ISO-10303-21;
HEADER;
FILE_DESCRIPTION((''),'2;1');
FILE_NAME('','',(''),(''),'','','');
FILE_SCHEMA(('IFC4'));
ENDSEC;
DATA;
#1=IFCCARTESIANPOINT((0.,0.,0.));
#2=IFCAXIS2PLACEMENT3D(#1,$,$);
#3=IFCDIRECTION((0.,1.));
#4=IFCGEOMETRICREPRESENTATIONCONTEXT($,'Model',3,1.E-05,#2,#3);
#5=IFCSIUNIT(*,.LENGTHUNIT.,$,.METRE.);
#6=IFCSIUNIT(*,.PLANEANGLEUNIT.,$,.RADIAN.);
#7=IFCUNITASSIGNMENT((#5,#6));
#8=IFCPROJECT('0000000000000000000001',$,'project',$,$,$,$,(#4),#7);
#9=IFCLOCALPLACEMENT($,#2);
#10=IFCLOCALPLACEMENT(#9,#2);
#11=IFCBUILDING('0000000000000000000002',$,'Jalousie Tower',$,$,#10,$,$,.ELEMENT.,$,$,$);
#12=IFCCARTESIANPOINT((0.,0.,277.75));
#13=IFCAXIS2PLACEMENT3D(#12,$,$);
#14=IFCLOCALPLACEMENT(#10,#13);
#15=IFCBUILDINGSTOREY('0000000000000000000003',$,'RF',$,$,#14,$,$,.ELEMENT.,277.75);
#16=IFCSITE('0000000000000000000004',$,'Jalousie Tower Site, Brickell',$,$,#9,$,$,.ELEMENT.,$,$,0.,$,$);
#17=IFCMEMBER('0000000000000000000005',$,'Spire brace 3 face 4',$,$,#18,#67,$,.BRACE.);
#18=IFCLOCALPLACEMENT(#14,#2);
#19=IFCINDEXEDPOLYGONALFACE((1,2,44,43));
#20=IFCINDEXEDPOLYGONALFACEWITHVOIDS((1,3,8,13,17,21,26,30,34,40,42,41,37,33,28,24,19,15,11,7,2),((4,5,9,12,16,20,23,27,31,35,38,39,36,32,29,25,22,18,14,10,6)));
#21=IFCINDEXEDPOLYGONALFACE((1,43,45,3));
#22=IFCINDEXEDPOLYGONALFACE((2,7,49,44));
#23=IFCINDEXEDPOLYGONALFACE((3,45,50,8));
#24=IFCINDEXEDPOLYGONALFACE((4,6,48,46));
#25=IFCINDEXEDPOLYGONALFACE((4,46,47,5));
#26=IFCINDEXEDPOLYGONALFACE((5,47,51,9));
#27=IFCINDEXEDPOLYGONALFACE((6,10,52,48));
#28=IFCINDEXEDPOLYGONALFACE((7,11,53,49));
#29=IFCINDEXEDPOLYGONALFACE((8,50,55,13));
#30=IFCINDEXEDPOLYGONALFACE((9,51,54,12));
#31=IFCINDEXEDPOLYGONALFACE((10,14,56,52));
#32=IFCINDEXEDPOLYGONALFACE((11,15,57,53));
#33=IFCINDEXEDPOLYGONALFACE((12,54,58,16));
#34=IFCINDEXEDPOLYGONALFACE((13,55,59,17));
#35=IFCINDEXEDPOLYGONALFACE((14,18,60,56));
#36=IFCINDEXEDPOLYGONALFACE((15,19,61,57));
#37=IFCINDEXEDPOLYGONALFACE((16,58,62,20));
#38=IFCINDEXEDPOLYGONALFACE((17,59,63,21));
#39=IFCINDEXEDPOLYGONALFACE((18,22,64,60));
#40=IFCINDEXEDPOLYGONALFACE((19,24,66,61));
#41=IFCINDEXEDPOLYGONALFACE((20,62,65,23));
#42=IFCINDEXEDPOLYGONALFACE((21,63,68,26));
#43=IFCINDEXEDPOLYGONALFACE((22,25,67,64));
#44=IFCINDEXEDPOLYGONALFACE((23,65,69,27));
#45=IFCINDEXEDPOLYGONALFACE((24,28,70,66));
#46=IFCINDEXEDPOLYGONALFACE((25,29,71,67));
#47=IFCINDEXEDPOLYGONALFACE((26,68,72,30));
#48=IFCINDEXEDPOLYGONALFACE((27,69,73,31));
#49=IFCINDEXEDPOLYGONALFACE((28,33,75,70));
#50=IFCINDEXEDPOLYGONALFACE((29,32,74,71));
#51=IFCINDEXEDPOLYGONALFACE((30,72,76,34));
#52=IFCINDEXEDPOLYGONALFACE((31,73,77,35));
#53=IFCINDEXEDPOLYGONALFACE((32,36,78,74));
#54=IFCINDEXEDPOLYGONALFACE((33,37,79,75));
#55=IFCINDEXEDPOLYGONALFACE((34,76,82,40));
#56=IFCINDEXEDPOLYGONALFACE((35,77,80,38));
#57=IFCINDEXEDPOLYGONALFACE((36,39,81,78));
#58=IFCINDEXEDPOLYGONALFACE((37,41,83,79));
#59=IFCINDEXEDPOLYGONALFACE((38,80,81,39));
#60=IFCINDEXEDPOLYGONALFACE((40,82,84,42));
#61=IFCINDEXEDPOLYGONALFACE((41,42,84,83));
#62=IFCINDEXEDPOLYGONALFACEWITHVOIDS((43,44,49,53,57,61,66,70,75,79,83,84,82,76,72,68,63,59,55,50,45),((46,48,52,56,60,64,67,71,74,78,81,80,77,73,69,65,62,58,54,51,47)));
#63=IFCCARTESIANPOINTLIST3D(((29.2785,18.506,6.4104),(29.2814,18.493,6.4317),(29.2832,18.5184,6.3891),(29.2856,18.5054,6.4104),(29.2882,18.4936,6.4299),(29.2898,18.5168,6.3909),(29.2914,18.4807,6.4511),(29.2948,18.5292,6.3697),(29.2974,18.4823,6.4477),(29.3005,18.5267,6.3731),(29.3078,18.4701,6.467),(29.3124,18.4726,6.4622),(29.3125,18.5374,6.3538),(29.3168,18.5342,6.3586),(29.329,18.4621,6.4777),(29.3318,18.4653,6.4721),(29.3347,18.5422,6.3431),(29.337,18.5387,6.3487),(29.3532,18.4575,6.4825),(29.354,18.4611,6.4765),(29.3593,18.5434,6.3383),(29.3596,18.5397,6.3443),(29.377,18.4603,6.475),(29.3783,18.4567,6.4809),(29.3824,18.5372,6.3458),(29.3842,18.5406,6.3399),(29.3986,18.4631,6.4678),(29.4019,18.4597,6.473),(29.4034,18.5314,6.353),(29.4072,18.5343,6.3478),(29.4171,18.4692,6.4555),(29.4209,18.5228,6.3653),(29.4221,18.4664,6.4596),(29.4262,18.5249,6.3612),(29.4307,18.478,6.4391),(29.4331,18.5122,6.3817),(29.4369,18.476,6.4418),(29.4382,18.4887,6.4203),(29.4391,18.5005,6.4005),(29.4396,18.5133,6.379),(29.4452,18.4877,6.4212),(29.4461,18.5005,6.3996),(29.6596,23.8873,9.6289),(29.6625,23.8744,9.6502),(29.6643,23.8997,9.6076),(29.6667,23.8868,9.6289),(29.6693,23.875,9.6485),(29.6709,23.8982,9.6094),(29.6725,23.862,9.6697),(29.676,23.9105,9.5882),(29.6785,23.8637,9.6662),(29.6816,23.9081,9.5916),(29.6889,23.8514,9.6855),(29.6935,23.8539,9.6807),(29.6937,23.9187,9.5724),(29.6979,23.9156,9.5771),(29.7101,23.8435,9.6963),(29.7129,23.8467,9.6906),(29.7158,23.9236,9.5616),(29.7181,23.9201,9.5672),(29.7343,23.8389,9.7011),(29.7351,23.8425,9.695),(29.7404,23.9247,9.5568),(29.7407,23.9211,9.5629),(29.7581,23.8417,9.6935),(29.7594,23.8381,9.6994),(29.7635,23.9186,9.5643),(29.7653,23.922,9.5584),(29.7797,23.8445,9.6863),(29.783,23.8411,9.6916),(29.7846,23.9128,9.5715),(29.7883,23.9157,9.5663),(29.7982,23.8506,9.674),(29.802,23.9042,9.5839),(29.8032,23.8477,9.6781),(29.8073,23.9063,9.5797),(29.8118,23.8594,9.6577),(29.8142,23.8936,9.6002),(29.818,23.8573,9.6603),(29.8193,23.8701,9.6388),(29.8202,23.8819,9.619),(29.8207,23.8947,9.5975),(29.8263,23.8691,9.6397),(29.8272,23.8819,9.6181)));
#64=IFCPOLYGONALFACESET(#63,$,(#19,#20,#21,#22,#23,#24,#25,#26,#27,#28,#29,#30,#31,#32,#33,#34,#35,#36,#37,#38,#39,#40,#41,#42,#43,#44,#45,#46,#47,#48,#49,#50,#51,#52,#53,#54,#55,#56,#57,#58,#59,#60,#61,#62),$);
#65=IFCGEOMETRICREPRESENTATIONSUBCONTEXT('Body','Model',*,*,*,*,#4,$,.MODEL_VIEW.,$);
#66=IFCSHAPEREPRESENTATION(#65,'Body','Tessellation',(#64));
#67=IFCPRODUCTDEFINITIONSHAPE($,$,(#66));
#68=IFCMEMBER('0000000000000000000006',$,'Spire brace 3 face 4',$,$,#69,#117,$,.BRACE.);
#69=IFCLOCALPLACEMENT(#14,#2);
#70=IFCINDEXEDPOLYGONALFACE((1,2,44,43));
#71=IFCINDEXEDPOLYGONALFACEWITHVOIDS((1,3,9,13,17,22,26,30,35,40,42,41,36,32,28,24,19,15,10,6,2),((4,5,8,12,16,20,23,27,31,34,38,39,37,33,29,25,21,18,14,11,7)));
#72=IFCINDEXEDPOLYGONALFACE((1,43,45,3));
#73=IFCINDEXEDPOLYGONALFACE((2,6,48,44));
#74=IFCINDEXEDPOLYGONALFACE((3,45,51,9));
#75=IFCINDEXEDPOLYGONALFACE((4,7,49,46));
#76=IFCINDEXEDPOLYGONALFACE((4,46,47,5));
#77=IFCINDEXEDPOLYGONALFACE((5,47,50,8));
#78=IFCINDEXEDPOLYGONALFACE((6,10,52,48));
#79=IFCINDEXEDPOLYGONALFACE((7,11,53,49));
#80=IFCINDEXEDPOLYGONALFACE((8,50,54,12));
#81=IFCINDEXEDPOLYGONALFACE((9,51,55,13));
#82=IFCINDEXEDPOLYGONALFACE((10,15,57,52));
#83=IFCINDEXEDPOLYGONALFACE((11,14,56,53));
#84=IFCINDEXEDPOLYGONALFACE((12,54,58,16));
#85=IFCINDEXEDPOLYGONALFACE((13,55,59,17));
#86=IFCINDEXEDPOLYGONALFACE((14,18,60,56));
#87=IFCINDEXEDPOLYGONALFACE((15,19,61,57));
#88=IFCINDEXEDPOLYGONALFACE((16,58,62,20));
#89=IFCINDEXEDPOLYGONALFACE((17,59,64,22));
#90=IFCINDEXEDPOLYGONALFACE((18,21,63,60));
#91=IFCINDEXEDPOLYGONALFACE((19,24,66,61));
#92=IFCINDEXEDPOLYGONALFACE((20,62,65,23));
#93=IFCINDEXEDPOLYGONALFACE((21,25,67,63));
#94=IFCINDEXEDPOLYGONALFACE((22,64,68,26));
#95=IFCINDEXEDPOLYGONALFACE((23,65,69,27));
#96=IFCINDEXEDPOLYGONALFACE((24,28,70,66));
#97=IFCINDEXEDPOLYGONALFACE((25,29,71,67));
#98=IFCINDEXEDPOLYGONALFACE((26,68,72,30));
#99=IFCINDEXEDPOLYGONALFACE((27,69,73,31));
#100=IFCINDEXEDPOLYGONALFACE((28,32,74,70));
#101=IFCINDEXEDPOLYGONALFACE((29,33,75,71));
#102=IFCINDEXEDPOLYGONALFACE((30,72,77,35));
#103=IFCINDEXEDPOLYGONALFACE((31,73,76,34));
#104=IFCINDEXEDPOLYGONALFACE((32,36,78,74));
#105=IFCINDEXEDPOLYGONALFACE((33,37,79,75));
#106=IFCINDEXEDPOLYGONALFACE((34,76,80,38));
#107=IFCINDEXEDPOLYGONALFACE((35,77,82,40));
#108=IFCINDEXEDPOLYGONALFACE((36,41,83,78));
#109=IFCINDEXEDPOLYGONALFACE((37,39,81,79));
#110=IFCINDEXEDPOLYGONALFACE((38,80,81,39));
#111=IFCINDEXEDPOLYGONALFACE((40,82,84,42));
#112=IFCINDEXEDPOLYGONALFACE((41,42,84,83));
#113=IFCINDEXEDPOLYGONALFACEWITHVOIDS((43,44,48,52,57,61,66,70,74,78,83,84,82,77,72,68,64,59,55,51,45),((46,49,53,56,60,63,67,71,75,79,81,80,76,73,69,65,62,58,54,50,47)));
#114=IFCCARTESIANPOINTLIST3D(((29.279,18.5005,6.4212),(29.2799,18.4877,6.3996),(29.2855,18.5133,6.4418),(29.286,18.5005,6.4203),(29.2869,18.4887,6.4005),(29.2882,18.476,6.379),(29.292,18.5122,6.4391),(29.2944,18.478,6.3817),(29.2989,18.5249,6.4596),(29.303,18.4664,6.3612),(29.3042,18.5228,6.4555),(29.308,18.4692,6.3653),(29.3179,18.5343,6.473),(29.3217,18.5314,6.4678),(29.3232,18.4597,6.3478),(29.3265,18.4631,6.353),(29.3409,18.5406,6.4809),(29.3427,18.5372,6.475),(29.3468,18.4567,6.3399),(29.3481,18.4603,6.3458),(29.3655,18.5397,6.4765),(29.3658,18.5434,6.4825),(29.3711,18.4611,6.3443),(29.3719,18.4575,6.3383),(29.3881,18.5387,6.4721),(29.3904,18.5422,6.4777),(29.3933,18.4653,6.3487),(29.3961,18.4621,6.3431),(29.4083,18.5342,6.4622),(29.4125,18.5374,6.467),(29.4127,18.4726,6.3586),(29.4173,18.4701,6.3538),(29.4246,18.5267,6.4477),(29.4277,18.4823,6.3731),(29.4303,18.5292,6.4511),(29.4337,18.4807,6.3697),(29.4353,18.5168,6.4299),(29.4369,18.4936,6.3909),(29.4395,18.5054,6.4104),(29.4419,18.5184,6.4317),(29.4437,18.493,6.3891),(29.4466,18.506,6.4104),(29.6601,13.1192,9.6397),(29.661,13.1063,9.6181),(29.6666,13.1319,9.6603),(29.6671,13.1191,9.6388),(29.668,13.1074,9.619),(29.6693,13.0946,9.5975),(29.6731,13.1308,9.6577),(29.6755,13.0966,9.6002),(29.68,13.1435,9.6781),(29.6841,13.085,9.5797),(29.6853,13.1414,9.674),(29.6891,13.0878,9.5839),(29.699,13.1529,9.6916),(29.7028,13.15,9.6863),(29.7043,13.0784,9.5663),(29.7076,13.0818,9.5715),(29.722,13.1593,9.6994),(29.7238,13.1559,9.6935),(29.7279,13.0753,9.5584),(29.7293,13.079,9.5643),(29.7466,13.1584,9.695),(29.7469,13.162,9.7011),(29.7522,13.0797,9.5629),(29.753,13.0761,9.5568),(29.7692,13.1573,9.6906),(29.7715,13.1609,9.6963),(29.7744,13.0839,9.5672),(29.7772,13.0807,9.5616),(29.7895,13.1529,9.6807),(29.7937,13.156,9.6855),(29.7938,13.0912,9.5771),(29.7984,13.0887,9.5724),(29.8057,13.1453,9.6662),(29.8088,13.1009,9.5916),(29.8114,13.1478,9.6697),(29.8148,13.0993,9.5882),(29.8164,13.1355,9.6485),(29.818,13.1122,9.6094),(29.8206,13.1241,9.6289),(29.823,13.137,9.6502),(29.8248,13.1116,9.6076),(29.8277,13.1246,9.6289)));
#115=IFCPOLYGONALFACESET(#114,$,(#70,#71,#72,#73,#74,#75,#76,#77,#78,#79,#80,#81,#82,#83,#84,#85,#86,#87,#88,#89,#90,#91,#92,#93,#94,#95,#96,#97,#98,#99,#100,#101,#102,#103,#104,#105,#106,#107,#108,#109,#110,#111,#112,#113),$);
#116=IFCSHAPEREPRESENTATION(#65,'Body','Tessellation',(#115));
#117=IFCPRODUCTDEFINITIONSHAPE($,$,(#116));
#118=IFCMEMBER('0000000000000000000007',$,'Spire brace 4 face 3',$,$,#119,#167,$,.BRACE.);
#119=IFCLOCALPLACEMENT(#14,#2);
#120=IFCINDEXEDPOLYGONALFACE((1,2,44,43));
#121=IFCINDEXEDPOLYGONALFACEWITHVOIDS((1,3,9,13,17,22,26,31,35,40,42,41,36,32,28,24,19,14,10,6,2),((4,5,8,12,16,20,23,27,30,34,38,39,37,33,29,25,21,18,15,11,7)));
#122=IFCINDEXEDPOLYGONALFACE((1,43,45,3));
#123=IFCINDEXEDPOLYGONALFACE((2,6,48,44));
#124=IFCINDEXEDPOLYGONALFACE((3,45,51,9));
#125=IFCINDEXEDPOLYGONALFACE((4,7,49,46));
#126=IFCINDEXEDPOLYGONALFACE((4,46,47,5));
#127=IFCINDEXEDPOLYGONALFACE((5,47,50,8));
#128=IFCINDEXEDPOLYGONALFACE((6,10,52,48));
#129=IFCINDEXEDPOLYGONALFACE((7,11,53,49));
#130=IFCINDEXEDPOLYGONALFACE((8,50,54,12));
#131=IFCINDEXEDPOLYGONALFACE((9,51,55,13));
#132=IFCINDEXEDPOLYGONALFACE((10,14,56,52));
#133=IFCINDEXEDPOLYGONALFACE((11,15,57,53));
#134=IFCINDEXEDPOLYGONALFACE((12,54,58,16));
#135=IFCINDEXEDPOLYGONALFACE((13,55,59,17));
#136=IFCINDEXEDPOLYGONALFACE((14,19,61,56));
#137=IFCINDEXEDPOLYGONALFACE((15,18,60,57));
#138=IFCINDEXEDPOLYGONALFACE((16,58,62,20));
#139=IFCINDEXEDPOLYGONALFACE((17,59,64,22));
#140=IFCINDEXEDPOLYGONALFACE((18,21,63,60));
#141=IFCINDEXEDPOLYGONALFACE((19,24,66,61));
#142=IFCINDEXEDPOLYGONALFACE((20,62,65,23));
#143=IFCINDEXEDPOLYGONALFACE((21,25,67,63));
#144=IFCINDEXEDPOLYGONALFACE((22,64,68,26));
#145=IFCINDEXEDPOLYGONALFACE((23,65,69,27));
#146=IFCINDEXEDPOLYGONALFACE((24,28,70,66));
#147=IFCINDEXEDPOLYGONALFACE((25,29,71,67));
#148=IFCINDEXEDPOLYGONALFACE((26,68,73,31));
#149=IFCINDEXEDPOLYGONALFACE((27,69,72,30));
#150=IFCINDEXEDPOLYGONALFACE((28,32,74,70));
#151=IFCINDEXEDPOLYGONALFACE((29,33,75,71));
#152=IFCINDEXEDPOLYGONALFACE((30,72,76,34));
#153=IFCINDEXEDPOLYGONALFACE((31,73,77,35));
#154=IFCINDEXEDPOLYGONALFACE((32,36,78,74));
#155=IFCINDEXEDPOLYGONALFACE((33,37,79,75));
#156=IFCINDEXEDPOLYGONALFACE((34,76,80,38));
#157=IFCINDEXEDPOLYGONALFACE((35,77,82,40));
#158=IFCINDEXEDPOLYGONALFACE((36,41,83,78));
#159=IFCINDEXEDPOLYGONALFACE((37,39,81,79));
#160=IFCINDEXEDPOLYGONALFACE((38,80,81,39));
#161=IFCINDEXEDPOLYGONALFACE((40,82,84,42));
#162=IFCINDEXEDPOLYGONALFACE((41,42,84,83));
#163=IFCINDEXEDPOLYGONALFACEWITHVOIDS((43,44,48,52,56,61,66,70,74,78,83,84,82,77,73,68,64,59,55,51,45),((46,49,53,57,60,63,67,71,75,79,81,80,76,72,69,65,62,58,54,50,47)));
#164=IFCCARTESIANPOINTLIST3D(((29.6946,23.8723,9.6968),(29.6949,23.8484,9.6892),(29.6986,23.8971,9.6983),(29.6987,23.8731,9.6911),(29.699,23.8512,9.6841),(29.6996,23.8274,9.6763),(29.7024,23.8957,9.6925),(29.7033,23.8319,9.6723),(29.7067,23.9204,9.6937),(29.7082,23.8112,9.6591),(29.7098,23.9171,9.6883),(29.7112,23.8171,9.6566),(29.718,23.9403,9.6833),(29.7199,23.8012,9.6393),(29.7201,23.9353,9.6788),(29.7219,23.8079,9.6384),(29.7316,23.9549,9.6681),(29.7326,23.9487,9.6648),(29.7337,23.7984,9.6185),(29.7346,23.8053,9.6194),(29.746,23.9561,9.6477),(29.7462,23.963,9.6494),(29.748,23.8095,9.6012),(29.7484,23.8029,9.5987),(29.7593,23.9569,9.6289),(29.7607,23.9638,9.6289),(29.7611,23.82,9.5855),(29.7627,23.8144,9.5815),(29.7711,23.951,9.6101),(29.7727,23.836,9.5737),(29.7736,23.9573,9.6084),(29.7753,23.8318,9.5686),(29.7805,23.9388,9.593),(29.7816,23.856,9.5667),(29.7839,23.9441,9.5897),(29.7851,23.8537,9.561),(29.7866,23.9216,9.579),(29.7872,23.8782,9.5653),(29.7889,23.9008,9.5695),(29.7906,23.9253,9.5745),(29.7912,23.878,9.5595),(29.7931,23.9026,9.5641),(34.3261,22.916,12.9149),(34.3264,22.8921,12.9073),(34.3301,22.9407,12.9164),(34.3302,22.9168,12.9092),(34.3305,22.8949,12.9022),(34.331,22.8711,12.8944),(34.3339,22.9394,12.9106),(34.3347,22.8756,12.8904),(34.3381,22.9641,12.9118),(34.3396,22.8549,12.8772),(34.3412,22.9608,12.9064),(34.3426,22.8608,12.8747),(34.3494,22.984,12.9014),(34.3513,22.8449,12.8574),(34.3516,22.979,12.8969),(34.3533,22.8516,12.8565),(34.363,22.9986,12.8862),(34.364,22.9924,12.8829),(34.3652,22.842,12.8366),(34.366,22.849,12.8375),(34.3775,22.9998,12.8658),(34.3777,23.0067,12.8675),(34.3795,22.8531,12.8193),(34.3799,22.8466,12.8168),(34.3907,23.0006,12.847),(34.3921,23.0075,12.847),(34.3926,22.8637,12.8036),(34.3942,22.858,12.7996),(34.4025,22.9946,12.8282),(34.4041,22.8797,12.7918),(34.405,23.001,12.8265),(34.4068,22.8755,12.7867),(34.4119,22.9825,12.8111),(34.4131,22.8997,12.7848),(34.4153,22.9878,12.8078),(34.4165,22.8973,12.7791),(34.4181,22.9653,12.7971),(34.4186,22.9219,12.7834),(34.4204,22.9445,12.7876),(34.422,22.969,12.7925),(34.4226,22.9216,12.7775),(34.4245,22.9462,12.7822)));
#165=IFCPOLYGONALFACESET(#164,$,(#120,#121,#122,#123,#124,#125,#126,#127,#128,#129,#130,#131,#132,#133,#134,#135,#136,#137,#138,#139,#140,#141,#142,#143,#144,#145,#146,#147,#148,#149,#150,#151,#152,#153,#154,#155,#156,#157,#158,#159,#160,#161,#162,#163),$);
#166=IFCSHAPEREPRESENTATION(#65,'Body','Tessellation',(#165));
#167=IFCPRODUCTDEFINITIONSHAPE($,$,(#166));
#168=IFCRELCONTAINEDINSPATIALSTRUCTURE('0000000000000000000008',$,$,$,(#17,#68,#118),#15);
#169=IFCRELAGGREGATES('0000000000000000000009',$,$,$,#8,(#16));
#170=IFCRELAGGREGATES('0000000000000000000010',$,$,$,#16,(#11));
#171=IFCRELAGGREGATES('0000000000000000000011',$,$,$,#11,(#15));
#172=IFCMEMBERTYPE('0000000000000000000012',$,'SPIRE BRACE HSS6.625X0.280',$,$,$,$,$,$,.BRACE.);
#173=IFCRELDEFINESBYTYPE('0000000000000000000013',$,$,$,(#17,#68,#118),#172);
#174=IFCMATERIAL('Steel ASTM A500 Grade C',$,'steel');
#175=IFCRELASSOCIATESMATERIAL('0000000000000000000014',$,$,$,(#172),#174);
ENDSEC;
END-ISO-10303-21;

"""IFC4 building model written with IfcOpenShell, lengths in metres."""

from ifc_helpers import new_model, si_unit, direction, frame, origin, origin_2d, place, context, subcontext, project, spatial, hollow_circle, extrude, material, material_profile, profile_set, type_object, element, save


model = new_model("IFC4")

# Units and contexts
model_context = context("Model", 3, precision=1e-05, world=origin(), true_north=direction((0.0, 1.0)))
body_context = subcontext(model_context, "Body", "Model", "MODEL_VIEW")
ifc_project = project(units=[si_unit("LENGTHUNIT", "METRE"), si_unit("PLANEANGLEUNIT", "RADIAN")], contexts=[model_context])

# Site, building, storey
site_placement = place(None, origin())
site = spatial("IfcSite", under=ifc_project, at=site_placement, Name="Jalousie Tower Site, Brickell", CompositionType="ELEMENT", RefElevation=0.0)
building_placement = place(site_placement, origin())
building = spatial("IfcBuilding", under=site, at=building_placement, Name="Jalousie Tower", CompositionType="ELEMENT")
storey_placement = place(building_placement, frame((0.0, 0.0, 277.75)))
storey = spatial("IfcBuildingStorey", under=building, at=storey_placement, Name="RF", CompositionType="ELEMENT", Elevation=277.75)

# Members
ifc_material_1 = material(Name="Steel ASTM A500 Grade C", Category="steel")
ifc_material_profile_1 = material_profile(ifc_material_1, hollow_circle(Radius=0.0842, WallThickness=0.0071, at=origin_2d()), Name="HSS6.625X0.280")
ifc_profile_set_1 = profile_set([ifc_material_profile_1], Name="Steel ASTM A500 Grade C")
member_type_1 = type_object("IfcMemberType", Name="SPIRE BRACE HSS6.625X0.280", PredefinedType="BRACE", material=ifc_profile_set_1)
for number, where, z_axis, x_axis, name in (
    (1, (29.3625, 18.5, 6.4104), (0.060666, 0.856636, 0.512342), (-0.997502, 0.070642, 0.0), "Spire brace 3 face 4"),
    (2, (29.3625, 18.5, 6.4104), (0.060666, -0.856636, 0.512342), (0.997502, 0.070642, 0.0), "Spire brace 3 face 4"),
):
    element("IfcMember", number, at=place(storey_placement, frame(where, z_axis=z_axis, x_axis=x_axis)), inside=storey, type_object=member_type_1, Name=name, PredefinedType="BRACE", context=body_context, shape_type="SweptSolid", body=[
        extrude(hollow_circle(Radius=0.0842, WallThickness=0.0071, at=origin_2d()), origin(), (0.0, 0.0, 1.0), 6.282),
    ])
member_1_placement = place(storey_placement, frame((29.7437, 23.8813, 9.6289), z_axis=(0.809662, -0.167182, 0.562581), x_axis=(0.202218, 0.979341, 0.0)))
element("IfcMember", 3, at=member_1_placement, inside=storey, type_object=member_type_1, Name="Spire brace 4 face 3", PredefinedType="BRACE", context=body_context, shape_type="SweptSolid", body=[
    extrude(hollow_circle(Radius=0.0842, WallThickness=0.0071, at=origin_2d()), origin(), (0.0, 0.0, 1.0), 5.7202),
])

save(model, "model.ifc")
